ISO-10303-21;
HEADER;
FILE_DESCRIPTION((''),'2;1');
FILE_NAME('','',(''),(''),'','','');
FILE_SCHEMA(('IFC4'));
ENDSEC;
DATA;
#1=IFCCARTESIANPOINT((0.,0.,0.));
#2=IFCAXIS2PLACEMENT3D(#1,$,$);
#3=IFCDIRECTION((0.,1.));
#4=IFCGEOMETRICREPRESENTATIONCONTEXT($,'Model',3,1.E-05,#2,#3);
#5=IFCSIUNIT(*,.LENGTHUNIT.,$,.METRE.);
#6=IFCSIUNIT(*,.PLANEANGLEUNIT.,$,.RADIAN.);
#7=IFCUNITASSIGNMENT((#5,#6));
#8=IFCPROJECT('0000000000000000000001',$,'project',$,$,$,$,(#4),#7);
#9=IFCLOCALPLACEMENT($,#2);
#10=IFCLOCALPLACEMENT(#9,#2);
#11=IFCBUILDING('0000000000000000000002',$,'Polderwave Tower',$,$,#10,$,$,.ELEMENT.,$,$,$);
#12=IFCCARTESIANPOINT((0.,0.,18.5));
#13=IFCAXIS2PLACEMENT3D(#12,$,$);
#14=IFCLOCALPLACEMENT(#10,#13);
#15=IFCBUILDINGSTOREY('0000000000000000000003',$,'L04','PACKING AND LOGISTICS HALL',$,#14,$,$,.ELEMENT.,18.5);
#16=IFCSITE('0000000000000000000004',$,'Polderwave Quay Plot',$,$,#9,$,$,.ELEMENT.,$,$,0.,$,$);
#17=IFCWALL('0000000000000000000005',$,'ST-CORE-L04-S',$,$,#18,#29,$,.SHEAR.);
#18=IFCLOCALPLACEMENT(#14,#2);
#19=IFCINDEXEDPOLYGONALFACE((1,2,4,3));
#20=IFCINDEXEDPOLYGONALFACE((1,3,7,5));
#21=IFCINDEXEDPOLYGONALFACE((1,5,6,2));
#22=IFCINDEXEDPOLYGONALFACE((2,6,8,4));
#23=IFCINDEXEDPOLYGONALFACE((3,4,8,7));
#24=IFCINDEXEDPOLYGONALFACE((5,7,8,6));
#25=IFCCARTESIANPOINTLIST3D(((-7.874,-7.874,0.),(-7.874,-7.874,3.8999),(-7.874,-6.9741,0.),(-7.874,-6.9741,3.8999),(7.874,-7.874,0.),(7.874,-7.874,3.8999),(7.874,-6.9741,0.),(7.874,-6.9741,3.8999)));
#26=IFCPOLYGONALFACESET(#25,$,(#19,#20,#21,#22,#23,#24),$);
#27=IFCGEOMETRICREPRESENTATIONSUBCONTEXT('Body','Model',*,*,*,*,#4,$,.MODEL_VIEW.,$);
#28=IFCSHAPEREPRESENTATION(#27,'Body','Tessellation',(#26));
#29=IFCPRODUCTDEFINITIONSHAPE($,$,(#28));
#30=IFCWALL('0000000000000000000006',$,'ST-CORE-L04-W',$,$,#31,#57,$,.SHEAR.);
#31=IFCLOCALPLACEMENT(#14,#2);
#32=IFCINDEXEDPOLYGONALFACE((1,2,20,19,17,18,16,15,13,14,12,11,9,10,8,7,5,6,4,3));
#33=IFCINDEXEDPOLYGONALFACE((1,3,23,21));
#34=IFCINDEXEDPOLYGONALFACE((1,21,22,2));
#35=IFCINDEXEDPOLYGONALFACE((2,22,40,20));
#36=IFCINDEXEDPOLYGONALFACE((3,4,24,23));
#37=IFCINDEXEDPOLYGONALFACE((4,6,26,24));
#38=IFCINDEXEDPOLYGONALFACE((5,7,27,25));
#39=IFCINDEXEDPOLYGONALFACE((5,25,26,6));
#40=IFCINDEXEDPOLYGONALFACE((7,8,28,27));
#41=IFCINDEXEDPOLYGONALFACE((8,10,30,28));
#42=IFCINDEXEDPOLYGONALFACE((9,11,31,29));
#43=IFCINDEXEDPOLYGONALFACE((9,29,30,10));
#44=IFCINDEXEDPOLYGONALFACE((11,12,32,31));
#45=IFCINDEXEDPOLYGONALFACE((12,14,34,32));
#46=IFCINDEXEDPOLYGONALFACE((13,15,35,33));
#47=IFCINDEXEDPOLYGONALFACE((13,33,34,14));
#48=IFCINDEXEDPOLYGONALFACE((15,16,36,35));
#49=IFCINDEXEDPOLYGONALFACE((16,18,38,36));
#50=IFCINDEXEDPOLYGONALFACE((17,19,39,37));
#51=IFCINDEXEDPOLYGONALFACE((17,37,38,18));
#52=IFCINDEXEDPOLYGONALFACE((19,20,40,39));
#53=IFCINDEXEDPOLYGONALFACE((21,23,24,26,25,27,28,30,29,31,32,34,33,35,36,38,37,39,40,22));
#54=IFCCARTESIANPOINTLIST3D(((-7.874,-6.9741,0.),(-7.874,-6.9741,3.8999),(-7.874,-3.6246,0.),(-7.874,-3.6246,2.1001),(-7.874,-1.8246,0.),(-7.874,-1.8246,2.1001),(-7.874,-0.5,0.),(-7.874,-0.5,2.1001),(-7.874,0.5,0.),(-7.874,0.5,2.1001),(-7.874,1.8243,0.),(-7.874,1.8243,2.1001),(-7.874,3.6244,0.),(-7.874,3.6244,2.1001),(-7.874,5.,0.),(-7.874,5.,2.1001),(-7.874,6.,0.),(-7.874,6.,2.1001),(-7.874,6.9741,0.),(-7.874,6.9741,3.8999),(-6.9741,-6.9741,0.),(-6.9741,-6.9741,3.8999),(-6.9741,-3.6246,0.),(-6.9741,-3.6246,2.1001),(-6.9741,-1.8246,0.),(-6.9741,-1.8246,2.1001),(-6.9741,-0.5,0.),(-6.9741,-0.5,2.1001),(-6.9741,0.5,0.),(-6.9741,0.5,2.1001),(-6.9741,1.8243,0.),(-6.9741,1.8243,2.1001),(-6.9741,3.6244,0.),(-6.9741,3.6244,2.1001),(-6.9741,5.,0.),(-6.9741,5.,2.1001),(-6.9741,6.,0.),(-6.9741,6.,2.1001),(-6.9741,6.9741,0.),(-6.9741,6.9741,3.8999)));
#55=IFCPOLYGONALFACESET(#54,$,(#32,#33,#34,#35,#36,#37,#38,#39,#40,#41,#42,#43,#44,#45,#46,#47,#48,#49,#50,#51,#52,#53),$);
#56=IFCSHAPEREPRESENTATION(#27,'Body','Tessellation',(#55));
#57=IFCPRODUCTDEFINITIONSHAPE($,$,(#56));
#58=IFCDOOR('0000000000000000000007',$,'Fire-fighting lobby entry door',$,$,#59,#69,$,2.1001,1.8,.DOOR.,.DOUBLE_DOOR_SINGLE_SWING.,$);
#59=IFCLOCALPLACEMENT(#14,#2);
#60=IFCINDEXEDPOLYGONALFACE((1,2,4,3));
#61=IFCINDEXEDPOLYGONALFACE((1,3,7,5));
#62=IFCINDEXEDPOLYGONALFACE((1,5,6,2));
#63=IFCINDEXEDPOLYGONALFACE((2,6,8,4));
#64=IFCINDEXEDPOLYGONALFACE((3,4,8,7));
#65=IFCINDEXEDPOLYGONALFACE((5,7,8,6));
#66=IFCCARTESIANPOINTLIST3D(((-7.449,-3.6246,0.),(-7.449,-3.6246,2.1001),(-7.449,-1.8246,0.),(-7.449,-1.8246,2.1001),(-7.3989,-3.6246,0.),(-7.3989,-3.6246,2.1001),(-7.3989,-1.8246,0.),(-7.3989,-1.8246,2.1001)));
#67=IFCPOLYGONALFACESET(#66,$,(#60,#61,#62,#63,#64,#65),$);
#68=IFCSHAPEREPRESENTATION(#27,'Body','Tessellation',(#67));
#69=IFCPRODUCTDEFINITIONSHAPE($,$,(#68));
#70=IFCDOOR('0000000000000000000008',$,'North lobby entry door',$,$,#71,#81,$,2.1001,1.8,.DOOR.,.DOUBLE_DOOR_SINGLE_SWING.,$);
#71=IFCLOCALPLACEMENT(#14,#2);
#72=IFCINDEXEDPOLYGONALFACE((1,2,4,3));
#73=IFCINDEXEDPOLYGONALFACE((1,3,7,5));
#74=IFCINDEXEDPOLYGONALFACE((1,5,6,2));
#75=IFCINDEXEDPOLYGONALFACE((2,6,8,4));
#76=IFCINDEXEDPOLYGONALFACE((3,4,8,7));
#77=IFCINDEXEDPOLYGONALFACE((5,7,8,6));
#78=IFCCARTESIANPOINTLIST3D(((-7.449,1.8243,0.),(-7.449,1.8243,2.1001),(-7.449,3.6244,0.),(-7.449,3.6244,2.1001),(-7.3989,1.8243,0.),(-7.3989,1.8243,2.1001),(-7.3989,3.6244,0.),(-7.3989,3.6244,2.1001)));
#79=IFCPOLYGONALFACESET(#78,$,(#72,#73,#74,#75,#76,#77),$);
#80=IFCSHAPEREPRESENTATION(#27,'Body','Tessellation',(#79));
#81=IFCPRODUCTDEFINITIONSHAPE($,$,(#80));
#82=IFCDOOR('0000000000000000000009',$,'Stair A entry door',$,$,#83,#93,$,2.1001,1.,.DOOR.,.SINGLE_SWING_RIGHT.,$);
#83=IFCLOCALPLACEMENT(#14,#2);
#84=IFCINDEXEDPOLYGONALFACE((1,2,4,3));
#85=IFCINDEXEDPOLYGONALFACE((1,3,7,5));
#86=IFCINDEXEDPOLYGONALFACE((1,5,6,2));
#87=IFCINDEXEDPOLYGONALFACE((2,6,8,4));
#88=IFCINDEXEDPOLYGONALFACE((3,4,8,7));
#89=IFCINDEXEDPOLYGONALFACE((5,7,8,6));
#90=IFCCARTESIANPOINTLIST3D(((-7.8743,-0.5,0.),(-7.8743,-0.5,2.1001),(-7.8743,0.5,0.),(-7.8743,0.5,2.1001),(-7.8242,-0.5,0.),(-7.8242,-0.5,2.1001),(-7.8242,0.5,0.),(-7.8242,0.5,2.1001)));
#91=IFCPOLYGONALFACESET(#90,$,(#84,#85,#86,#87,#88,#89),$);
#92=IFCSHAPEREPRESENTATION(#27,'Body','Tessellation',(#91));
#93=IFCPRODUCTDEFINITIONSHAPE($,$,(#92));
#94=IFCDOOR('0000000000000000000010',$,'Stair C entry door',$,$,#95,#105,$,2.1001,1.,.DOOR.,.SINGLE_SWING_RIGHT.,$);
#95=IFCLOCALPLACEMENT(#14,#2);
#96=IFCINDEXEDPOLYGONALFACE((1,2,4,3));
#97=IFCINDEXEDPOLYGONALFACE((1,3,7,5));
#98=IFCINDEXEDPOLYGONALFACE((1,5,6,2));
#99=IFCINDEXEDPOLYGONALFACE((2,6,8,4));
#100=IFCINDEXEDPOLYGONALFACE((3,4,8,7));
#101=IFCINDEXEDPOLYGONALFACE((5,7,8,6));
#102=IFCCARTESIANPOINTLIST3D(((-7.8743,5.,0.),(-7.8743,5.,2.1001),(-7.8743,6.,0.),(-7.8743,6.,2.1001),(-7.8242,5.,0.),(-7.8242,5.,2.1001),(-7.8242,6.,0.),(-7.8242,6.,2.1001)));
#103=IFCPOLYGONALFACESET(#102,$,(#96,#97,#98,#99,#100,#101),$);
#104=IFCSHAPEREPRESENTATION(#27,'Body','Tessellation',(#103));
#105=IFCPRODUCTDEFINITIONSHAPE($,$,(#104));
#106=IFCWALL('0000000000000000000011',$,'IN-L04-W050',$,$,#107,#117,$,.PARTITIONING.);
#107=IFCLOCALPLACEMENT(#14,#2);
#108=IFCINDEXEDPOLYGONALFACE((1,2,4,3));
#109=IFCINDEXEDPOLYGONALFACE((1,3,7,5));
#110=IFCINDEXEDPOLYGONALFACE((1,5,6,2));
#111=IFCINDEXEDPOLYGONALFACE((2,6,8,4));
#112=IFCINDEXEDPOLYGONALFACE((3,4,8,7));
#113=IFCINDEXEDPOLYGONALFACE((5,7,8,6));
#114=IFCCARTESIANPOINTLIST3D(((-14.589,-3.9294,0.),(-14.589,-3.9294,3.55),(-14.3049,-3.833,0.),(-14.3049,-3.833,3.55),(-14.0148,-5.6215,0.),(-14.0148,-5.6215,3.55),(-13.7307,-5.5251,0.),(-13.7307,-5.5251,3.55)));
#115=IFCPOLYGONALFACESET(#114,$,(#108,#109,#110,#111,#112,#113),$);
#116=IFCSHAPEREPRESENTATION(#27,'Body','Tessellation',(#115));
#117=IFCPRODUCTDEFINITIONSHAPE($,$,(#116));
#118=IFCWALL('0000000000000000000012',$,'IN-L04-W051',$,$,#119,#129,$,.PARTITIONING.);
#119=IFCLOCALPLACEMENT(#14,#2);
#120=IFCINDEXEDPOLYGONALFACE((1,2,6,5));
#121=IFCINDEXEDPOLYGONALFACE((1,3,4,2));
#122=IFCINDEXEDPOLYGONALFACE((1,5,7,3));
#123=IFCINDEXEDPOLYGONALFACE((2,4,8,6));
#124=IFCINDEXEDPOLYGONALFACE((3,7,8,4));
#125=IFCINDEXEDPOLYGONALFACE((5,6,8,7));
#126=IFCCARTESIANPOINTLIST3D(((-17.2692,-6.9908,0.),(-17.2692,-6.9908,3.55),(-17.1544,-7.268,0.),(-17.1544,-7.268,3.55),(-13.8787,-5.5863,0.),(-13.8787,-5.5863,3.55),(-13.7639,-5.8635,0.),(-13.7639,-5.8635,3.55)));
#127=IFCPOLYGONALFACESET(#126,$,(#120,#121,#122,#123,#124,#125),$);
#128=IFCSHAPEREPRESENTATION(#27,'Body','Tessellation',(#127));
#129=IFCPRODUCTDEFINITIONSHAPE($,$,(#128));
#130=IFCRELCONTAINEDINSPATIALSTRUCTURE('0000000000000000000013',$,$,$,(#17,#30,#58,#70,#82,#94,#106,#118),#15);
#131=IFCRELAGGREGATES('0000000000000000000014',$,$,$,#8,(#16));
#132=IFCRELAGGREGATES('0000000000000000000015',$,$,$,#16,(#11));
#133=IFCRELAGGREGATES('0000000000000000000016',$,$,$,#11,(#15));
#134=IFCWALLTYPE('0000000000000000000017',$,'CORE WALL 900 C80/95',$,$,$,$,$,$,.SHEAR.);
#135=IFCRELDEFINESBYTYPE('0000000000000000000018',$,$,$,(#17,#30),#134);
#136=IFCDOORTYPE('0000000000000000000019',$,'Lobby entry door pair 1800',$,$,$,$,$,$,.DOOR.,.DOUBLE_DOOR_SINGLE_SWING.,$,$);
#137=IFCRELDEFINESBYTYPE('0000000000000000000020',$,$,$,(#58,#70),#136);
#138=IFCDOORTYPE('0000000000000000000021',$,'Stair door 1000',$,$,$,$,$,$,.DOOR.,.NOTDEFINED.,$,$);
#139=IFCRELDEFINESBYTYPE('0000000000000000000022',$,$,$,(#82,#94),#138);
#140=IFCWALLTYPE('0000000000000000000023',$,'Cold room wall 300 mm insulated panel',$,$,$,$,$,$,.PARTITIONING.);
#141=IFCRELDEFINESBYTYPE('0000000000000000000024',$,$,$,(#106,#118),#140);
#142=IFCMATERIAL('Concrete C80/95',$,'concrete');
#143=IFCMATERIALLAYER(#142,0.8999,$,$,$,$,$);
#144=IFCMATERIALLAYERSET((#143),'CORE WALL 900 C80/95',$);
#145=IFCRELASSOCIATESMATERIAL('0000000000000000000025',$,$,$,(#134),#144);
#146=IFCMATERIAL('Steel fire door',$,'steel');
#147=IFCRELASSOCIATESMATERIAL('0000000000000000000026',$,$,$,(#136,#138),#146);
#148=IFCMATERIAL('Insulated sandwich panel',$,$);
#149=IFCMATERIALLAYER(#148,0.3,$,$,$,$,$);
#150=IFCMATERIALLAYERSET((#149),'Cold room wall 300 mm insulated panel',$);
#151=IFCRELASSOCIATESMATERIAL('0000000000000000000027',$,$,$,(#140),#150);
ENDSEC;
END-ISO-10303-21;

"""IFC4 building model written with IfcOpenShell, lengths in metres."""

from ifc_helpers import new_model, si_unit, direction, frame, frame_2d, origin, place, context, subcontext, project, spatial, rectangle, extrude, material, layer, layer_set, type_object, element, fill, save


model = new_model("IFC4")

# Units and contexts
model_context = context("Model", 3, precision=1e-05, world=origin(), true_north=direction((0.0, 1.0)))
body_context = subcontext(model_context, "Body", "Model", "MODEL_VIEW")
ifc_project = project(units=[si_unit("LENGTHUNIT", "METRE"), si_unit("PLANEANGLEUNIT", "RADIAN")], contexts=[model_context])

# Site, building, storey
site_placement = place(None, origin())
site = spatial("IfcSite", under=ifc_project, at=site_placement, Name="Polderwave Quay Plot", CompositionType="ELEMENT", RefElevation=0.0)
building_placement = place(site_placement, origin())
building = spatial("IfcBuilding", under=site, at=building_placement, Name="Polderwave Tower", CompositionType="ELEMENT")
storey_placement = place(building_placement, frame((0.0, 0.0, 18.5)))
storey = spatial("IfcBuildingStorey", under=building, at=storey_placement, Name="L04", Description="PACKING AND LOGISTICS HALL", CompositionType="ELEMENT", Elevation=18.5)

# Wall
ifc_material_1 = material(Name="Concrete C80/95", Category="concrete")
ifc_layer_1 = layer(ifc_material_1, 0.8999)
ifc_layer_set_1 = layer_set([ifc_layer_1], Name="CORE WALL 900 C80/95")
wall_type_1 = type_object("IfcWallType", Name="CORE WALL 900 C80/95", PredefinedType="SHEAR", material=ifc_layer_set_1)
wall_1_placement = place(storey_placement, frame((-7.874, -7.4241, 0.0), z_axis=(0.0, 0.0, 1.0), x_axis=(1.0, 0.0, 0.0)))
element("IfcWall", 1, at=wall_1_placement, inside=storey, type_object=wall_type_1, Name="ST-CORE-L04-S", PredefinedType="SHEAR", context=body_context, shape_type="SweptSolid", body=[
    extrude(rectangle(XDim=15.748, YDim=0.8999, at=frame_2d((7.874, 0.0))), origin(), (0.0, 0.0, 1.0), 3.8999),
])

# Wall, openings, doors
wall_2_placement = place(storey_placement, frame((-7.4241, -6.9741, 0.0), z_axis=(0.0, 0.0, 1.0), x_axis=(0.0, 1.0, 0.0)))
wall_2 = element("IfcWall", 2, at=wall_2_placement, inside=storey, type_object=wall_type_1, Name="ST-CORE-L04-W", PredefinedType="SHEAR", context=body_context, shape_type="SweptSolid", body=[
    extrude(rectangle(XDim=13.9482, YDim=0.8999, at=frame_2d((6.9741, 0.0))), origin(), (0.0, 0.0, 1.0), 3.8999),
])
opening_1_placement = place(wall_2_placement, frame((6.4741, 0.0, 0.0)))
opening_1 = element("IfcOpeningElement", 3, at=opening_1_placement, cuts=wall_2, PredefinedType="OPENING", context=body_context, shape_type="SweptSolid", body=[
    extrude(rectangle(XDim=1.0, YDim=2.1001, at=frame_2d((0.5, 1.05))), frame((0.0, 0.46, 0.0), z_axis=(0.0, -1.0, 0.0), x_axis=(1.0, 0.0, 0.0)), (0.0, 0.0, 1.0), 0.9199),
])
opening_2_placement = place(wall_2_placement, frame((3.3496, 0.0, 0.0)))
opening_2 = element("IfcOpeningElement", 4, at=opening_2_placement, cuts=wall_2, PredefinedType="OPENING", context=body_context, shape_type="SweptSolid", body=[
    extrude(rectangle(XDim=1.8, YDim=2.1001, at=frame_2d((0.8999, 1.05))), frame((0.0, 0.46, 0.0), z_axis=(0.0, -1.0, 0.0), x_axis=(1.0, 0.0, 0.0)), (0.0, 0.0, 1.0), 0.9199),
])
opening_3_placement = place(wall_2_placement, frame((8.7986, 0.0, 0.0)))
opening_3 = element("IfcOpeningElement", 5, at=opening_3_placement, cuts=wall_2, PredefinedType="OPENING", context=body_context, shape_type="SweptSolid", body=[
    extrude(rectangle(XDim=1.8, YDim=2.1001, at=frame_2d((0.8999, 1.05))), frame((0.0, 0.46, 0.0), z_axis=(0.0, -1.0, 0.0), x_axis=(1.0, 0.0, 0.0)), (0.0, 0.0, 1.0), 0.9199),
])
opening_4_placement = place(wall_2_placement, frame((11.9741, 0.0, 0.0)))
opening_4 = element("IfcOpeningElement", 6, at=opening_4_placement, cuts=wall_2, PredefinedType="OPENING", context=body_context, shape_type="SweptSolid", body=[
    extrude(rectangle(XDim=1.0, YDim=2.1001, at=frame_2d((0.5, 1.05))), frame((0.0, 0.46, 0.0), z_axis=(0.0, -1.0, 0.0), x_axis=(1.0, 0.0, 0.0)), (0.0, 0.0, 1.0), 0.9199),
])
ifc_material_2 = material(Name="Steel fire door", Category="steel")
door_type_1 = type_object("IfcDoorType", Name="Lobby entry door pair 1800", OperationType="DOUBLE_DOOR_SINGLE_SWING", PredefinedType="DOOR", material=ifc_material_2)
door_1_placement = place(opening_2_placement, origin())
door_1 = element("IfcDoor", 7, at=door_1_placement, inside=storey, type_object=door_type_1, Name="Fire-fighting lobby entry door", OperationType="DOUBLE_DOOR_SINGLE_SWING", OverallHeight=2.1001, OverallWidth=1.8, PredefinedType="DOOR", context=body_context, shape_type="SweptSolid", body=[
    extrude(rectangle(XDim=1.8, YDim=2.1001, at=frame_2d((0.8999, 1.05))), frame((0.0, 0.0249, 0.0), z_axis=(0.0, -1.0, 0.0), x_axis=(1.0, 0.0, 0.0)), (0.0, 0.0, 1.0), 0.05),
])
fill(opening_2, door_1)
door_2_placement = place(opening_3_placement, origin())
door_2 = element("IfcDoor", 8, at=door_2_placement, inside=storey, type_object=door_type_1, Name="North lobby entry door", OperationType="DOUBLE_DOOR_SINGLE_SWING", OverallHeight=2.1001, OverallWidth=1.8, PredefinedType="DOOR", context=body_context, shape_type="SweptSolid", body=[
    extrude(rectangle(XDim=1.8, YDim=2.1001, at=frame_2d((0.8999, 1.05))), frame((0.0, 0.0249, 0.0), z_axis=(0.0, -1.0, 0.0), x_axis=(1.0, 0.0, 0.0)), (0.0, 0.0, 1.0), 0.05),
])
fill(opening_3, door_2)
door_type_2 = type_object("IfcDoorType", Name="Stair door 1000", OperationType="NOTDEFINED", PredefinedType="DOOR", material=ifc_material_2)
door_3_placement = place(opening_1_placement, origin())
door_3 = element("IfcDoor", 9, at=door_3_placement, inside=storey, type_object=door_type_2, Name="Stair A entry door", OperationType="SINGLE_SWING_RIGHT", OverallHeight=2.1001, OverallWidth=1.0, PredefinedType="DOOR", context=body_context, shape_type="SweptSolid", body=[
    extrude(rectangle(XDim=1.0, YDim=2.1001, at=frame_2d((0.5, 1.05))), frame((0.0, 0.4502, 0.0), z_axis=(0.0, -1.0, 0.0), x_axis=(1.0, 0.0, 0.0)), (0.0, 0.0, 1.0), 0.05),
])
fill(opening_1, door_3)
door_4_placement = place(opening_4_placement, origin())
door_4 = element("IfcDoor", 10, at=door_4_placement, inside=storey, type_object=door_type_2, Name="Stair C entry door", OperationType="SINGLE_SWING_RIGHT", OverallHeight=2.1001, OverallWidth=1.0, PredefinedType="DOOR", context=body_context, shape_type="SweptSolid", body=[
    extrude(rectangle(XDim=1.0, YDim=2.1001, at=frame_2d((0.5, 1.05))), frame((0.0, 0.4502, 0.0), z_axis=(0.0, -1.0, 0.0), x_axis=(1.0, 0.0, 0.0)), (0.0, 0.0, 1.0), 0.05),
])
fill(opening_4, door_4)

# Walls
ifc_material_3 = material(Name="Insulated sandwich panel")
ifc_layer_2 = layer(ifc_material_3, 0.3)
ifc_layer_set_2 = layer_set([ifc_layer_2], Name="Cold room wall 300 mm insulated panel")
wall_type_2 = type_object("IfcWallType", Name="Cold room wall 300 mm insulated panel", PredefinedType="PARTITIONING", material=ifc_layer_set_2)
wall_3_placement = place(storey_placement, frame((-14.447, -3.8811, 0.0), z_axis=(0.0, 0.0, 1.0), x_axis=(0.321347, -0.946962, 0.0)))
element("IfcWall", 11, at=wall_3_placement, inside=storey, type_object=wall_type_2, Name="IN-L04-W050", PredefinedType="PARTITIONING", context=body_context, shape_type="SweptSolid", body=[
    extrude(rectangle(XDim=1.7869, YDim=0.3, at=frame_2d((0.8936, 0.0))), origin(), (0.0, 0.0, 1.0), 3.55),
])
wall_4_placement = place(storey_placement, frame((-13.8213, -5.7249, 0.0), z_axis=(0.0, 0.0, 1.0), x_axis=(-0.92387, -0.382706, 0.0)))
element("IfcWall", 12, at=wall_4_placement, inside=storey, type_object=wall_type_2, Name="IN-L04-W051", PredefinedType="PARTITIONING", context=body_context, shape_type="SweptSolid", body=[
    extrude(rectangle(XDim=3.6699, YDim=0.3, at=frame_2d((1.835, 0.0))), origin(), (0.0, 0.0, 1.0), 3.55),
])

save(model, "model.ifc")
